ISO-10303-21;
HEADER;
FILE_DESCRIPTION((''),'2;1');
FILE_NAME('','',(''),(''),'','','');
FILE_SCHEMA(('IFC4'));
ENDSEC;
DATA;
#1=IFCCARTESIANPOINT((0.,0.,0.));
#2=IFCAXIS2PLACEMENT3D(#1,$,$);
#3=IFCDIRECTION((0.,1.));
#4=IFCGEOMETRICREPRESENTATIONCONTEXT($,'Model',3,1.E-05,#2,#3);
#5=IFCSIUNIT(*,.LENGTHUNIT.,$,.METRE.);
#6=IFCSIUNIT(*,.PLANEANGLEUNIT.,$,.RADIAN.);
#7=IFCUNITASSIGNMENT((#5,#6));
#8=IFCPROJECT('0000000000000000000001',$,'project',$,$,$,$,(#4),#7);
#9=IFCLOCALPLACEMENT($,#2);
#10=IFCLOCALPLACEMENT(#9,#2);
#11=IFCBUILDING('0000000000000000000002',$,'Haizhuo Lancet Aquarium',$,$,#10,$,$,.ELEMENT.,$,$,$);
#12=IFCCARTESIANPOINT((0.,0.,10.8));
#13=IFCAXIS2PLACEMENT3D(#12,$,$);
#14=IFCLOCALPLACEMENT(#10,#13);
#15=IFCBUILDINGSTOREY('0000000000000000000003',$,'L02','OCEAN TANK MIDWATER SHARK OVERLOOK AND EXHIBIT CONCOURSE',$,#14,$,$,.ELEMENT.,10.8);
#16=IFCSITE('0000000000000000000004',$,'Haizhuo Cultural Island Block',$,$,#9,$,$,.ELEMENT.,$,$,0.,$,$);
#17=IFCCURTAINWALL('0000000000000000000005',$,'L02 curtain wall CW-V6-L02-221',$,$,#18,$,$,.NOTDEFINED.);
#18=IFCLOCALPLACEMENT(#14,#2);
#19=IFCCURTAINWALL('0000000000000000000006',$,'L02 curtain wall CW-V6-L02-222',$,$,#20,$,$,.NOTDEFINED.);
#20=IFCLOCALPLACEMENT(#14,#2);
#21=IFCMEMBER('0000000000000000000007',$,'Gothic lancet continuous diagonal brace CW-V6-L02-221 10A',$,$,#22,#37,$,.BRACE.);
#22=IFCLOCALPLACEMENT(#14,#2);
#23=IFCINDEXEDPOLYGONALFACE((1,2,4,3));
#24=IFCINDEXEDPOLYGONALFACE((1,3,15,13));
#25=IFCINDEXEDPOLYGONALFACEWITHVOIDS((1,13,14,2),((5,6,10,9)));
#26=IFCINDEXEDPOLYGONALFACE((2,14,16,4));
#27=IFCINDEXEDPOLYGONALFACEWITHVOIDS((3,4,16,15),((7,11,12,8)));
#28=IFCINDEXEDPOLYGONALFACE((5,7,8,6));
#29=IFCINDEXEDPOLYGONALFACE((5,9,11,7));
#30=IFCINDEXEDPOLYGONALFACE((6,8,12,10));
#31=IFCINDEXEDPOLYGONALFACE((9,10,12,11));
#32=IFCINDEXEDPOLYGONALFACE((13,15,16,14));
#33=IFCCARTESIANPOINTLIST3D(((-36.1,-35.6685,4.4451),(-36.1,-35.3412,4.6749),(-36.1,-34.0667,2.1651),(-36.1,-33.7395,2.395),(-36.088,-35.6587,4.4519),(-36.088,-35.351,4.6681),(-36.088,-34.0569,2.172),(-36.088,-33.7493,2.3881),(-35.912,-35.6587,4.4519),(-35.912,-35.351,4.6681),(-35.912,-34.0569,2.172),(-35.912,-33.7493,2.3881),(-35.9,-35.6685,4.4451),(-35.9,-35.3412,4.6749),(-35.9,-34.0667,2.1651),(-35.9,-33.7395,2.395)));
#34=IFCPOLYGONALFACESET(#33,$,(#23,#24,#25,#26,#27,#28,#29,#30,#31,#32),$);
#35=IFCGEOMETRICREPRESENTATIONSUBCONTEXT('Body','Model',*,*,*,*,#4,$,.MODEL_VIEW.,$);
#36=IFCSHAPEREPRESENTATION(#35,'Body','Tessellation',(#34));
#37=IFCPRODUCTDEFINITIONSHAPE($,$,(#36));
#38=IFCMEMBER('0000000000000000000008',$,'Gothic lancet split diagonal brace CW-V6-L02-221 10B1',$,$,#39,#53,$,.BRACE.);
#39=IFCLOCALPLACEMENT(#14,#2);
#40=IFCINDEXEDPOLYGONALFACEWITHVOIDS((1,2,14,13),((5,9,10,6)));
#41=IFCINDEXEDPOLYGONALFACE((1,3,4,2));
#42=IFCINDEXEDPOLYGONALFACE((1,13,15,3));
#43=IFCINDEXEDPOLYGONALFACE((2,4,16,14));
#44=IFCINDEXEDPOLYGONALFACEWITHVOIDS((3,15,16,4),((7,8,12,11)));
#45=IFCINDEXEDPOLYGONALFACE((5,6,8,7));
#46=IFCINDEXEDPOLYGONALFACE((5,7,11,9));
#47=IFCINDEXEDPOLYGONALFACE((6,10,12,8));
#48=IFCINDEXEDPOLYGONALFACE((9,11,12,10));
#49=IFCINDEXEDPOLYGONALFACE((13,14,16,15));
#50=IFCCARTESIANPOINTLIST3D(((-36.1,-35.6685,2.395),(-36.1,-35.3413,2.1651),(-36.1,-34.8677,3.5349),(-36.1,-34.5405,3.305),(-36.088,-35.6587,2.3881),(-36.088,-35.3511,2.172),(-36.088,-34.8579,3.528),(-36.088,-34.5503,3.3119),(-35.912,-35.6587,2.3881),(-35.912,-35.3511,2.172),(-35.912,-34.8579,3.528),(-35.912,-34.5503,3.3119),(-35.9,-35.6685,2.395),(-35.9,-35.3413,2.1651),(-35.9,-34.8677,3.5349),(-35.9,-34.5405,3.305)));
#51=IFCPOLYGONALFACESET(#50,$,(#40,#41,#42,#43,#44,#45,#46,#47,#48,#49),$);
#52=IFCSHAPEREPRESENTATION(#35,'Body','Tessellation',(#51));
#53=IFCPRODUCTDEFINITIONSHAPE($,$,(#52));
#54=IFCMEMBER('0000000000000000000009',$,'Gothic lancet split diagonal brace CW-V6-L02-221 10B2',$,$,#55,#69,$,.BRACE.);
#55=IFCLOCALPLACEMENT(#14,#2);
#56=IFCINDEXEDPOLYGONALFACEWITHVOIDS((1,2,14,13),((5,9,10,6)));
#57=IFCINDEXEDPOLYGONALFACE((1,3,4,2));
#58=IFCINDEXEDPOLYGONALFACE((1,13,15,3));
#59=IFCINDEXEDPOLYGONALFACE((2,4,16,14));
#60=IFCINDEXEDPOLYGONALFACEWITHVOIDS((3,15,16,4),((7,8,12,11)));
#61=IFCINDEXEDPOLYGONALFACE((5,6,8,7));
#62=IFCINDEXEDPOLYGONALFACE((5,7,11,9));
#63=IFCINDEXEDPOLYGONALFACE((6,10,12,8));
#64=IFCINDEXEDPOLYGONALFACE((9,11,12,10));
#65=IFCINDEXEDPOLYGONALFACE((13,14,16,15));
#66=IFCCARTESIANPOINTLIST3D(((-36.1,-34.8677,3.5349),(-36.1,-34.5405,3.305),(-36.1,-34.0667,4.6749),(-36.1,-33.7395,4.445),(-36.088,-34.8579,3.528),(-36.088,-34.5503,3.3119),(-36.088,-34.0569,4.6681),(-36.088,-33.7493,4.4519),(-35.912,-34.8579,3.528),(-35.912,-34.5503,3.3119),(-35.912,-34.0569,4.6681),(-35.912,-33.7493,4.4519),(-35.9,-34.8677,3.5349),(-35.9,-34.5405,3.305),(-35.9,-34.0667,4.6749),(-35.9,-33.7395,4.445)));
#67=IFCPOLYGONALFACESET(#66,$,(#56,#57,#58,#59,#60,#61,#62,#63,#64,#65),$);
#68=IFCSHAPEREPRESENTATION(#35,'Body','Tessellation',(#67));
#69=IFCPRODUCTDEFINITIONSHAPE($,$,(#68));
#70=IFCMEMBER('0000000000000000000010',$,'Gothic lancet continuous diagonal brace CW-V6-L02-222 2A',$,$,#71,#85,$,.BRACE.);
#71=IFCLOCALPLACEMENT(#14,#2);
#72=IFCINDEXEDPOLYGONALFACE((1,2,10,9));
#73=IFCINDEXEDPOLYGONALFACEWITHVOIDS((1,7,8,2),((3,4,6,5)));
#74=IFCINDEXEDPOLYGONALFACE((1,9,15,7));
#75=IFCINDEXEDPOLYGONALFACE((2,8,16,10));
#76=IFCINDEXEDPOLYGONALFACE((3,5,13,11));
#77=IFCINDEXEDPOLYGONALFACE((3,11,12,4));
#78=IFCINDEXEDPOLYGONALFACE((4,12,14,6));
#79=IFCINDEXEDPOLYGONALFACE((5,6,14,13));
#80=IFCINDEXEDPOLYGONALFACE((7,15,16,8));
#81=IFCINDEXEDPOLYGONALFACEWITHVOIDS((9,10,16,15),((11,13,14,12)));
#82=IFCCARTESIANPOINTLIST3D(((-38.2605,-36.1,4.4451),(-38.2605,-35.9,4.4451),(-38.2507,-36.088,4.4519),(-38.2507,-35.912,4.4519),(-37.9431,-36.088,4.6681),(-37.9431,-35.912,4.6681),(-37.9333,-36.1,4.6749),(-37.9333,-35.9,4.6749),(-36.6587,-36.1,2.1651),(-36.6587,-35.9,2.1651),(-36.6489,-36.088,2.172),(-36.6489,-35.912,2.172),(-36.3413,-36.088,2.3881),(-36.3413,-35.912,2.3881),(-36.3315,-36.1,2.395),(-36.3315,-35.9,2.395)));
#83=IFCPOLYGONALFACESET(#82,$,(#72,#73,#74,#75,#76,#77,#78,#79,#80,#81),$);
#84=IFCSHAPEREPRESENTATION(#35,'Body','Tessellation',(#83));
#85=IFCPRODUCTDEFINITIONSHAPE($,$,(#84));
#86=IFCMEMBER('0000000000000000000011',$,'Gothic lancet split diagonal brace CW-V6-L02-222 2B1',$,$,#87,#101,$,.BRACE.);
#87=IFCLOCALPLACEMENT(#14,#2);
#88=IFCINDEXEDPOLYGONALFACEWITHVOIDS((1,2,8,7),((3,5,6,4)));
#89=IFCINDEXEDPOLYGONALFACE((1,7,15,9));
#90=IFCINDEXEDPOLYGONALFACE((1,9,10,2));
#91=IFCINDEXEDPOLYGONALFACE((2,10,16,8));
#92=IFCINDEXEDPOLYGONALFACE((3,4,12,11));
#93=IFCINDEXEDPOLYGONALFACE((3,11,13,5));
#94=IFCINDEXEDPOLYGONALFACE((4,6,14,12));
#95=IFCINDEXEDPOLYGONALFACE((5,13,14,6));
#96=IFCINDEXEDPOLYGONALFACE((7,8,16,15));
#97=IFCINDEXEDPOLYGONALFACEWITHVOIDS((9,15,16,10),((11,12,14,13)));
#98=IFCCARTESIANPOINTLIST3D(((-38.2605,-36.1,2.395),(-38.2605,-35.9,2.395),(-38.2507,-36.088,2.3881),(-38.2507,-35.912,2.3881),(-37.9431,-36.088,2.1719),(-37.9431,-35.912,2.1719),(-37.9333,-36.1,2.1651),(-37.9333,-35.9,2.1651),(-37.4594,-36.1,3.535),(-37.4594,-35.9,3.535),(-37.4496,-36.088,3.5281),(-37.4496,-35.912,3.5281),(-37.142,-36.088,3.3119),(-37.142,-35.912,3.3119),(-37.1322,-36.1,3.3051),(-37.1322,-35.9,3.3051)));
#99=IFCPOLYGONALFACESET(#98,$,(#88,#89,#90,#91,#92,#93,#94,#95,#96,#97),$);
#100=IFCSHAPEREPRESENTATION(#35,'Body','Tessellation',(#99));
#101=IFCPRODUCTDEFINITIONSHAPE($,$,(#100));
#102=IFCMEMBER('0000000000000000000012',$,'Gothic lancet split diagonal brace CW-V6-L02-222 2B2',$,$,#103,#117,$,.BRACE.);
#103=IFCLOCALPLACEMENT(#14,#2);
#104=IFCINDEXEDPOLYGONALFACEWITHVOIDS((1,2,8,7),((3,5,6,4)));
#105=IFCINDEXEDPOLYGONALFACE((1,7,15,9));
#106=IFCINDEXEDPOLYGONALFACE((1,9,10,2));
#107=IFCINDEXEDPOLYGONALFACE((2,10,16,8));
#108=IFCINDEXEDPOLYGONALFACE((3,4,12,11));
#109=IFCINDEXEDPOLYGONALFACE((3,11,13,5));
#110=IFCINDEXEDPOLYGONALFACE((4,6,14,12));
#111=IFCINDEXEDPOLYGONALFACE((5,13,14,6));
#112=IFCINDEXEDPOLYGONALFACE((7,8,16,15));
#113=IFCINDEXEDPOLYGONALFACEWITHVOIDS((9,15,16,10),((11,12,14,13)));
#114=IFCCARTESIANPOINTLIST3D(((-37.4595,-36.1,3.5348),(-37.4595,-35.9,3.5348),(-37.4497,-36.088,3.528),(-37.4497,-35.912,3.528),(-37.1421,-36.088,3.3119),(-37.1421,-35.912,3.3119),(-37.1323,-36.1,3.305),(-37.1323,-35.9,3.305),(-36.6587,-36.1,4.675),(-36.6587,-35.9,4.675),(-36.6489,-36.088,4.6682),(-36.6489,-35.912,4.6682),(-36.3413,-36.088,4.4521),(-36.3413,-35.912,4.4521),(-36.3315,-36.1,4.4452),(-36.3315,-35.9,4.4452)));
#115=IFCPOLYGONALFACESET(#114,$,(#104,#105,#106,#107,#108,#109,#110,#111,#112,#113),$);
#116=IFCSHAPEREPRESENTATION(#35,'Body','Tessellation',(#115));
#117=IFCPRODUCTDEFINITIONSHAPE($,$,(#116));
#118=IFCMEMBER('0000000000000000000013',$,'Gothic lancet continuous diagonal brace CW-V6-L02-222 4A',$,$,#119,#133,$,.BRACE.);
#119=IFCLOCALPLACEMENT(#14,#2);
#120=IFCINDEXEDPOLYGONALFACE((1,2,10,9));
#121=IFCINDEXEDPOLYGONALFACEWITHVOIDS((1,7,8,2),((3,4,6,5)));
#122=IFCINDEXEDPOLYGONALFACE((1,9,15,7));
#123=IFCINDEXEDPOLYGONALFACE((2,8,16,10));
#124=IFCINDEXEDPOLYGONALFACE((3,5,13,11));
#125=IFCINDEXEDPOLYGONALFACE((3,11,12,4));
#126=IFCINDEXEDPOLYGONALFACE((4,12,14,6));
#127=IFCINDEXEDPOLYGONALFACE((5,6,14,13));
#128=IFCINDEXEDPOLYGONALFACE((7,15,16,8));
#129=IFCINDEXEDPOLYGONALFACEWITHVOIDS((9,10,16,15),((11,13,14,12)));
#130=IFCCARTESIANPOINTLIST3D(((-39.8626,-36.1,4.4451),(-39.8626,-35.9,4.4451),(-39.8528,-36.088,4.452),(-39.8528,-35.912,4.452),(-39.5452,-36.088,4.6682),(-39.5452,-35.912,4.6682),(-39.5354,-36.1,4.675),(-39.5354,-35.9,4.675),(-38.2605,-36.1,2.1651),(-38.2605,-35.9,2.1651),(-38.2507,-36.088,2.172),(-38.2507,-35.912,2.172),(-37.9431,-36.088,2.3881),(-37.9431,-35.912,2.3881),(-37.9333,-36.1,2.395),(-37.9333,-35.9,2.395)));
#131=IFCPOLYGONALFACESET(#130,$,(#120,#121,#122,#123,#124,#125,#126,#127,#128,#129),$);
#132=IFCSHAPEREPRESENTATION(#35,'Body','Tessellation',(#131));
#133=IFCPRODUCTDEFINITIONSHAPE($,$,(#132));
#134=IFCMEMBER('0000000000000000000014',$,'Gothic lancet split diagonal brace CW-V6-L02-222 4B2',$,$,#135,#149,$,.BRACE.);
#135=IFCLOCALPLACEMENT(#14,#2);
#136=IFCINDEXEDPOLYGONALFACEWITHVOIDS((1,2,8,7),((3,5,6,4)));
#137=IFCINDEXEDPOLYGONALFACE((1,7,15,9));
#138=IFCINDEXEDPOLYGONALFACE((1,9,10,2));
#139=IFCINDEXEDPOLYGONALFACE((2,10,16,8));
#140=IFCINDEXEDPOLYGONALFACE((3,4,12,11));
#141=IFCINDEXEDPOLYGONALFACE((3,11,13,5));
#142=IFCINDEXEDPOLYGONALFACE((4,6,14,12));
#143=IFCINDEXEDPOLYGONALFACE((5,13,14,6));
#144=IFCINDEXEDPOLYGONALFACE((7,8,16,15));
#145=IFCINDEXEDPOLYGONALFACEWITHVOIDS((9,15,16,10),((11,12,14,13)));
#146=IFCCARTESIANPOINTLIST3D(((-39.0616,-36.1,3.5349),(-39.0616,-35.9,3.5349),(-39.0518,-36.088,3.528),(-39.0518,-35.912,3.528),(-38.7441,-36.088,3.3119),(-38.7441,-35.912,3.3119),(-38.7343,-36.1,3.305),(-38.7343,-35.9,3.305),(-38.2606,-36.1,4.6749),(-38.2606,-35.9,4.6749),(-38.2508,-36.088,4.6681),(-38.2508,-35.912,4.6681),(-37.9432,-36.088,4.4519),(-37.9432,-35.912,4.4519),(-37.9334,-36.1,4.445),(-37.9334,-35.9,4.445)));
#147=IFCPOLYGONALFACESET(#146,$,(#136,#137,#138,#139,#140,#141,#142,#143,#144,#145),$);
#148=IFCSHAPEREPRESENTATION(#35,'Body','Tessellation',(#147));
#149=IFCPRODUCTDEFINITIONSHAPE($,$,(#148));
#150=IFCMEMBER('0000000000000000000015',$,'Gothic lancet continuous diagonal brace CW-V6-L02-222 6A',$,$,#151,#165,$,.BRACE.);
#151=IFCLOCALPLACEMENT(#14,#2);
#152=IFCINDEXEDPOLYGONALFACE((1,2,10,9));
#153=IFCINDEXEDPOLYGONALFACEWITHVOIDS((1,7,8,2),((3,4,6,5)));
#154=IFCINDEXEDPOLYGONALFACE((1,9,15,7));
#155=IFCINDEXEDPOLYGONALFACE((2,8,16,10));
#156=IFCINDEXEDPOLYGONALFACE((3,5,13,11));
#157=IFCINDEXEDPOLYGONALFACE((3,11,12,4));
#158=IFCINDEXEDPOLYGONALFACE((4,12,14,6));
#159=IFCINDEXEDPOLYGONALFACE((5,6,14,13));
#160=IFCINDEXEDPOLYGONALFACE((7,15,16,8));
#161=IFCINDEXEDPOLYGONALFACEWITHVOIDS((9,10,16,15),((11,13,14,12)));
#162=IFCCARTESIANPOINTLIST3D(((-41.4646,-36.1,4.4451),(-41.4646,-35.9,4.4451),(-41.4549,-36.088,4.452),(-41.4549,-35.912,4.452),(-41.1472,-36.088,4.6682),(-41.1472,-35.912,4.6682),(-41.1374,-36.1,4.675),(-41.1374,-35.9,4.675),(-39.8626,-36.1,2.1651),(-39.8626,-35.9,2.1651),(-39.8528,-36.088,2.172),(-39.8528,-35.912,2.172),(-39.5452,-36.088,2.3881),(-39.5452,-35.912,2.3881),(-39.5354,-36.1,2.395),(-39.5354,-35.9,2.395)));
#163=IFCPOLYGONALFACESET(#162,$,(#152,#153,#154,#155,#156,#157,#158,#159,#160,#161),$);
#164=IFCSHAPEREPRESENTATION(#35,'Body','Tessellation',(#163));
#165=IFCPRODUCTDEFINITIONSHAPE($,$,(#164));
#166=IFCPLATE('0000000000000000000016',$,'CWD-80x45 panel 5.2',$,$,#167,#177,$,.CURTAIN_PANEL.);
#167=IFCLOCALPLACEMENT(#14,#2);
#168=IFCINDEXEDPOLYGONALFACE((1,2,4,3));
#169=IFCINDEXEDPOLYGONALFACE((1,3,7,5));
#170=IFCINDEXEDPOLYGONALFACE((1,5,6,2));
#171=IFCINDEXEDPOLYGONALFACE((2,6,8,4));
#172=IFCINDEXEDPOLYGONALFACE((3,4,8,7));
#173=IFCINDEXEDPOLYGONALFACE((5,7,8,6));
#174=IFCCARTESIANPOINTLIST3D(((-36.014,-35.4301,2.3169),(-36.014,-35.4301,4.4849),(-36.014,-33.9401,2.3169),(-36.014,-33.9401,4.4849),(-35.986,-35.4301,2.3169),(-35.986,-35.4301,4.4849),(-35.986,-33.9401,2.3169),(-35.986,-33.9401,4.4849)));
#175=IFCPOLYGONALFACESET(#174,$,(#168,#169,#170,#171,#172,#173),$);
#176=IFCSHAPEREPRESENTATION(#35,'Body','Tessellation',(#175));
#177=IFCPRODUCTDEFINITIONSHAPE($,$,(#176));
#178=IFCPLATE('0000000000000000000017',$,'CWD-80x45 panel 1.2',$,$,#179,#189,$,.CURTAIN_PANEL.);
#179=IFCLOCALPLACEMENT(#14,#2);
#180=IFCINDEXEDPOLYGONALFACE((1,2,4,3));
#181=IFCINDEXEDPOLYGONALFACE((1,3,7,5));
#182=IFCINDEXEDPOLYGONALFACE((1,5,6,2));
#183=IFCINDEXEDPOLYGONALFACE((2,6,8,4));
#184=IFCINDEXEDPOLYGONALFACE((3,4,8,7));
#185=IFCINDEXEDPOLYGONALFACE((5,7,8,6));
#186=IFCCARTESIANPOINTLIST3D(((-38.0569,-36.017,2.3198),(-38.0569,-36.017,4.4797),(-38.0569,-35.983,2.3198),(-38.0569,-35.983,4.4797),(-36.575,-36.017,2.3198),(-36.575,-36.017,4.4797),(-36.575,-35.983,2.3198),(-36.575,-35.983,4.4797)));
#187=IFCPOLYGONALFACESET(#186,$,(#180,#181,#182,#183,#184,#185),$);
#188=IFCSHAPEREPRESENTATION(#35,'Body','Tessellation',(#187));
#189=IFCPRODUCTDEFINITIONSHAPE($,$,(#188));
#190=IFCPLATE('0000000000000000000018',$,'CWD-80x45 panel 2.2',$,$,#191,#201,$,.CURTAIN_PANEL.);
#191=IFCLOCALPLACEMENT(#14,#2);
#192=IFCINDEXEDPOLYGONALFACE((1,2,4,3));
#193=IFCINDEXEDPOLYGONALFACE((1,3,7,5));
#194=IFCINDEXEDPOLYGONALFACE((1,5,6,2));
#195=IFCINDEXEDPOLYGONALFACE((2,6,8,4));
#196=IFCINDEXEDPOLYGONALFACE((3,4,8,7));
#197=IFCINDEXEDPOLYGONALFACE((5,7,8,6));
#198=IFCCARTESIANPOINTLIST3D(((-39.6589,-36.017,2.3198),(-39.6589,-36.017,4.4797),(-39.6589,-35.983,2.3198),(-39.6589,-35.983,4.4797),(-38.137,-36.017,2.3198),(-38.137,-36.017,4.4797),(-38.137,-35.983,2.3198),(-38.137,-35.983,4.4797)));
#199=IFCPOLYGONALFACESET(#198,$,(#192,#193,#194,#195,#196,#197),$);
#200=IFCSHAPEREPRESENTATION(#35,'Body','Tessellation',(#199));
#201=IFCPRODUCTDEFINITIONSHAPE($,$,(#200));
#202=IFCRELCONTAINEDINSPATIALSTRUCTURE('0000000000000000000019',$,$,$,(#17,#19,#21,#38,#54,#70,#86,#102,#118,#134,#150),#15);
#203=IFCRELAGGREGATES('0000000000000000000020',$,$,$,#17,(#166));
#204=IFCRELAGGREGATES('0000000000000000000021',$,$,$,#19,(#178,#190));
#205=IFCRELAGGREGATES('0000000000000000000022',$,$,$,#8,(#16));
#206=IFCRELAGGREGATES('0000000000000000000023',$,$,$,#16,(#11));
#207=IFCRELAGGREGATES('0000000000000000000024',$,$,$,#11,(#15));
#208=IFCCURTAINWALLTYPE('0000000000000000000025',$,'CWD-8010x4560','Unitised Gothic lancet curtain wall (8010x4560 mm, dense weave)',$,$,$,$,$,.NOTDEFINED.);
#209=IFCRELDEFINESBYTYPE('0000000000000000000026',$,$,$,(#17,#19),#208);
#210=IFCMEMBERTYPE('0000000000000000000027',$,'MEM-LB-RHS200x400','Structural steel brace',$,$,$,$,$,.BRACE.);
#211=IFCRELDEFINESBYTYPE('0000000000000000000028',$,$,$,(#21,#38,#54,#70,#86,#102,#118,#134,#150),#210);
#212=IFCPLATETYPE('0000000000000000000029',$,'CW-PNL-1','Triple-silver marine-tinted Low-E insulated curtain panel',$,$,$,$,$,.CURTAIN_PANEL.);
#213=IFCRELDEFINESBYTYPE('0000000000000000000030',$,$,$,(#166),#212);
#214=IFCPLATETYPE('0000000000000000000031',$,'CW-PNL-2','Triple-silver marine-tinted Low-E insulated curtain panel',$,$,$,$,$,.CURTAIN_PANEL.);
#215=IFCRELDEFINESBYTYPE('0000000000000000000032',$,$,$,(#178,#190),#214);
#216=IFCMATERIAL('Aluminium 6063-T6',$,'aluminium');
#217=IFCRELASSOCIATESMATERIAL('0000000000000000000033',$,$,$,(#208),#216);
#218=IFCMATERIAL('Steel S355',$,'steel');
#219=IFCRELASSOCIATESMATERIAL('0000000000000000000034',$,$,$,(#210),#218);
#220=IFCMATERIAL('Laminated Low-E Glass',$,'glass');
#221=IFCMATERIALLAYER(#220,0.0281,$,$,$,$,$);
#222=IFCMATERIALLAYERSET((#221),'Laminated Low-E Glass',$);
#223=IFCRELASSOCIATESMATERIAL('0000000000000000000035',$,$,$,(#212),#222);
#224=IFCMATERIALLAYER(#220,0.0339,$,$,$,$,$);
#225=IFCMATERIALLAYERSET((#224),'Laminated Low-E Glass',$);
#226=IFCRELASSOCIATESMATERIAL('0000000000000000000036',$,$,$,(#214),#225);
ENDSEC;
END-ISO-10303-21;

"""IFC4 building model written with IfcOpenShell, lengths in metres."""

from ifc_helpers import new_model, si_unit, direction, frame, origin, origin_2d, place, context, subcontext, project, spatial, rectangle, hollow_rectangle, extrude, material, layer, layer_set, material_profile, profile_set, type_object, element, aggregate, save


model = new_model("IFC4")

# Units and contexts
model_context = context("Model", 3, precision=1e-05, world=origin(), true_north=direction((0.0, 1.0)))
body_context = subcontext(model_context, "Body", "Model", "MODEL_VIEW")
ifc_project = project(units=[si_unit("LENGTHUNIT", "METRE"), si_unit("PLANEANGLEUNIT", "RADIAN")], contexts=[model_context])

# Site, building, storey
site_placement = place(None, origin())
site = spatial("IfcSite", under=ifc_project, at=site_placement, Name="Haizhuo Cultural Island Block", CompositionType="ELEMENT", RefElevation=0.0)
building_placement = place(site_placement, origin())
building = spatial("IfcBuilding", under=site, at=building_placement, Name="Haizhuo Lancet Aquarium", CompositionType="ELEMENT")
storey_placement = place(building_placement, frame((0.0, 0.0, 10.8)))
storey = spatial("IfcBuildingStorey", under=building, at=storey_placement, Name="L02", Description="OCEAN TANK MIDWATER SHARK OVERLOOK AND EXHIBIT CONCOURSE", CompositionType="ELEMENT", Elevation=10.8)

# Shared definitions
ifc_material_1 = material(Name="Steel S355", Category="steel")

# Curtain walls
ifc_material_2 = material(Name="Aluminium 6063-T6", Category="aluminium")
curtain_wall_type = type_object("IfcCurtainWallType", Name="CWD-8010x4560", Description="Unitised Gothic lancet curtain wall (8010x4560 mm, dense weave)", PredefinedType="NOTDEFINED", material=ifc_material_2)
curtain_wall_1_placement = place(storey_placement, origin())
curtain_wall_1 = element("IfcCurtainWall", 1, at=curtain_wall_1_placement, inside=storey, type_object=curtain_wall_type, Name="L02 curtain wall CW-V6-L02-221", PredefinedType="NOTDEFINED")
curtain_wall_2_placement = place(storey_placement, origin())
curtain_wall_2 = element("IfcCurtainWall", 2, at=curtain_wall_2_placement, inside=storey, type_object=curtain_wall_type, Name="L02 curtain wall CW-V6-L02-222", PredefinedType="NOTDEFINED")

# Members
ifc_material_profile_1 = material_profile(ifc_material_1, hollow_rectangle(XDim=0.2, YDim=0.3999, WallThickness=0.012, at=origin_2d()), Name="RHS 200x400x12")
ifc_profile_set_1 = profile_set([ifc_material_profile_1], Name="Steel S355")
member_type_1 = type_object("IfcMemberType", Name="MEM-LB-RHS200x400", Description="Structural steel brace", PredefinedType="BRACE", material=ifc_profile_set_1)
member_1_placement = place(storey_placement, frame((-36.0, -33.9031, 2.28), z_axis=(0.0, -0.574855, 0.818255), x_axis=(1.0, 0.0, 0.0)))
element("IfcMember", 3, at=member_1_placement, inside=storey, type_object=member_type_1, Name="Gothic lancet continuous diagonal brace CW-V6-L02-221 10A", PredefinedType="BRACE", context=body_context, shape_type="SweptSolid", body=[
    extrude(hollow_rectangle(XDim=0.2, YDim=0.3999, WallThickness=0.012, at=origin_2d()), origin(), (0.0, 0.0, 1.0), 2.7864),
])
member_2_placement = place(storey_placement, frame((-36.0, -35.5049, 2.28), z_axis=(0.0, 0.574838, 0.818267), x_axis=(-1.0, 0.0, 0.0)))
element("IfcMember", 4, at=member_2_placement, inside=storey, type_object=member_type_1, Name="Gothic lancet split diagonal brace CW-V6-L02-221 10B1", PredefinedType="BRACE", context=body_context, shape_type="SweptSolid", body=[
    extrude(hollow_rectangle(XDim=0.2, YDim=0.3999, WallThickness=0.012, at=origin_2d()), origin(), (0.0, 0.0, 1.0), 1.3931),
])
member_3_placement = place(storey_placement, frame((-36.0, -34.7041, 3.4199), z_axis=(0.0, 0.574873, 0.818243), x_axis=(-1.0, 0.0, 0.0)))
element("IfcMember", 5, at=member_3_placement, inside=storey, type_object=member_type_1, Name="Gothic lancet split diagonal brace CW-V6-L02-221 10B2", PredefinedType="BRACE", context=body_context, shape_type="SweptSolid", body=[
    extrude(hollow_rectangle(XDim=0.2, YDim=0.3999, WallThickness=0.012, at=origin_2d()), origin(), (0.0, 0.0, 1.0), 1.3933),
])
member_4_placement = place(storey_placement, frame((-36.4951, -36.0, 2.28), z_axis=(-0.574855, 0.0, 0.818255), x_axis=(0.0, -1.0, 0.0)))
element("IfcMember", 6, at=member_4_placement, inside=storey, type_object=member_type_1, Name="Gothic lancet continuous diagonal brace CW-V6-L02-222 2A", PredefinedType="BRACE", context=body_context, shape_type="SweptSolid", body=[
    extrude(hollow_rectangle(XDim=0.2, YDim=0.3999, WallThickness=0.012, at=origin_2d()), origin(), (0.0, 0.0, 1.0), 2.7864),
])
for number, where, z_axis, x_axis, name in (
    (7, (-38.0969, -36.0, 2.28), (0.574955, 0.0, 0.818185), (0.0, 1.0, 0.0), "Gothic lancet split diagonal brace CW-V6-L02-222 2B1"),
    (8, (-37.2959, -36.0, 3.4199), (0.574755, 0.0, 0.818325), (0.0, 1.0, 0.0), "Gothic lancet split diagonal brace CW-V6-L02-222 2B2"),
):
    element("IfcMember", number, at=place(storey_placement, frame(where, z_axis=z_axis, x_axis=x_axis)), inside=storey, type_object=member_type_1, Name=name, PredefinedType="BRACE", context=body_context, shape_type="SweptSolid", body=[
        extrude(hollow_rectangle(XDim=0.2, YDim=0.3999, WallThickness=0.012, at=origin_2d()), origin(), (0.0, 0.0, 1.0), 1.3933),
    ])
member_5_placement = place(storey_placement, frame((-38.0969, -36.0, 2.28), z_axis=(-0.574914, 0.0, 0.818214), x_axis=(0.0, -1.0, 0.0)))
element("IfcMember", 9, at=member_5_placement, inside=storey, type_object=member_type_1, Name="Gothic lancet continuous diagonal brace CW-V6-L02-222 4A", PredefinedType="BRACE", context=body_context, shape_type="SweptSolid", body=[
    extrude(hollow_rectangle(XDim=0.2, YDim=0.3999, WallThickness=0.012, at=origin_2d()), origin(), (0.0, 0.0, 1.0), 2.7866),
])
member_6_placement = place(storey_placement, frame((-38.8979, -36.0, 3.4199), z_axis=(0.574873, 0.0, 0.818243), x_axis=(0.0, 1.0, 0.0)))
element("IfcMember", 10, at=member_6_placement, inside=storey, type_object=member_type_1, Name="Gothic lancet split diagonal brace CW-V6-L02-222 4B2", PredefinedType="BRACE", context=body_context, shape_type="SweptSolid", body=[
    extrude(hollow_rectangle(XDim=0.2, YDim=0.3999, WallThickness=0.012, at=origin_2d()), origin(), (0.0, 0.0, 1.0), 1.3933),
])
member_7_placement = place(storey_placement, frame((-39.699, -36.0, 2.28), z_axis=(-0.574914, 0.0, 0.818214), x_axis=(0.0, -1.0, 0.0)))
element("IfcMember", 11, at=member_7_placement, inside=storey, type_object=member_type_1, Name="Gothic lancet continuous diagonal brace CW-V6-L02-222 6A", PredefinedType="BRACE", context=body_context, shape_type="SweptSolid", body=[
    extrude(hollow_rectangle(XDim=0.2, YDim=0.3999, WallThickness=0.012, at=origin_2d()), origin(), (0.0, 0.0, 1.0), 2.7866),
])

# Plates
ifc_material_3 = material(Name="Laminated Low-E Glass", Category="glass")
ifc_layer_1 = layer(ifc_material_3, 0.0281)
ifc_layer_set_1 = layer_set([ifc_layer_1], Name="Laminated Low-E Glass")
plate_type_1 = type_object("IfcPlateType", Name="CW-PNL-1", Description="Triple-silver marine-tinted Low-E insulated curtain panel", PredefinedType="CURTAIN_PANEL", material=ifc_layer_set_1)
plate_1_placement = place(storey_placement, frame((-36.0, -34.6851, 2.3169), z_axis=(0.0, 0.0, 1.0), x_axis=(0.0, -1.0, 0.0)))
plate_1 = element("IfcPlate", 12, at=plate_1_placement, type_object=plate_type_1, Name="CWD-80x45 panel 5.2", PredefinedType="CURTAIN_PANEL", context=body_context, shape_type="SweptSolid", body=[
    extrude(rectangle(XDim=1.49, YDim=0.0281, at=origin_2d()), origin(), (0.0, 0.0, 1.0), 2.168),
])
aggregate(curtain_wall_1, [plate_1])
ifc_layer_2 = layer(ifc_material_3, 0.0339)
ifc_layer_set_2 = layer_set([ifc_layer_2], Name="Laminated Low-E Glass")
plate_type_2 = type_object("IfcPlateType", Name="CW-PNL-2", Description="Triple-silver marine-tinted Low-E insulated curtain panel", PredefinedType="CURTAIN_PANEL", material=ifc_layer_set_2)
plate_2_placement = place(storey_placement, frame((-37.3159, -36.0, 2.3198), z_axis=(0.0, 0.0, 1.0), x_axis=(-1.0, 0.0, 0.0)))
plate_2 = element("IfcPlate", 13, at=plate_2_placement, type_object=plate_type_2, Name="CWD-80x45 panel 1.2", PredefinedType="CURTAIN_PANEL", context=body_context, shape_type="SweptSolid", body=[
    extrude(rectangle(XDim=1.4819, YDim=0.0339, at=origin_2d()), origin(), (0.0, 0.0, 1.0), 2.1599),
])
plate_3_placement = place(storey_placement, frame((-38.8979, -36.0, 2.3198), z_axis=(0.0, 0.0, 1.0), x_axis=(-1.0, 0.0, 0.0)))
plate_3 = element("IfcPlate", 14, at=plate_3_placement, type_object=plate_type_2, Name="CWD-80x45 panel 2.2", PredefinedType="CURTAIN_PANEL", context=body_context, shape_type="SweptSolid", body=[
    extrude(rectangle(XDim=1.522, YDim=0.0339, at=origin_2d()), origin(), (0.0, 0.0, 1.0), 2.1599),
])
aggregate(curtain_wall_2, [plate_2, plate_3])

save(model, "model.ifc")
